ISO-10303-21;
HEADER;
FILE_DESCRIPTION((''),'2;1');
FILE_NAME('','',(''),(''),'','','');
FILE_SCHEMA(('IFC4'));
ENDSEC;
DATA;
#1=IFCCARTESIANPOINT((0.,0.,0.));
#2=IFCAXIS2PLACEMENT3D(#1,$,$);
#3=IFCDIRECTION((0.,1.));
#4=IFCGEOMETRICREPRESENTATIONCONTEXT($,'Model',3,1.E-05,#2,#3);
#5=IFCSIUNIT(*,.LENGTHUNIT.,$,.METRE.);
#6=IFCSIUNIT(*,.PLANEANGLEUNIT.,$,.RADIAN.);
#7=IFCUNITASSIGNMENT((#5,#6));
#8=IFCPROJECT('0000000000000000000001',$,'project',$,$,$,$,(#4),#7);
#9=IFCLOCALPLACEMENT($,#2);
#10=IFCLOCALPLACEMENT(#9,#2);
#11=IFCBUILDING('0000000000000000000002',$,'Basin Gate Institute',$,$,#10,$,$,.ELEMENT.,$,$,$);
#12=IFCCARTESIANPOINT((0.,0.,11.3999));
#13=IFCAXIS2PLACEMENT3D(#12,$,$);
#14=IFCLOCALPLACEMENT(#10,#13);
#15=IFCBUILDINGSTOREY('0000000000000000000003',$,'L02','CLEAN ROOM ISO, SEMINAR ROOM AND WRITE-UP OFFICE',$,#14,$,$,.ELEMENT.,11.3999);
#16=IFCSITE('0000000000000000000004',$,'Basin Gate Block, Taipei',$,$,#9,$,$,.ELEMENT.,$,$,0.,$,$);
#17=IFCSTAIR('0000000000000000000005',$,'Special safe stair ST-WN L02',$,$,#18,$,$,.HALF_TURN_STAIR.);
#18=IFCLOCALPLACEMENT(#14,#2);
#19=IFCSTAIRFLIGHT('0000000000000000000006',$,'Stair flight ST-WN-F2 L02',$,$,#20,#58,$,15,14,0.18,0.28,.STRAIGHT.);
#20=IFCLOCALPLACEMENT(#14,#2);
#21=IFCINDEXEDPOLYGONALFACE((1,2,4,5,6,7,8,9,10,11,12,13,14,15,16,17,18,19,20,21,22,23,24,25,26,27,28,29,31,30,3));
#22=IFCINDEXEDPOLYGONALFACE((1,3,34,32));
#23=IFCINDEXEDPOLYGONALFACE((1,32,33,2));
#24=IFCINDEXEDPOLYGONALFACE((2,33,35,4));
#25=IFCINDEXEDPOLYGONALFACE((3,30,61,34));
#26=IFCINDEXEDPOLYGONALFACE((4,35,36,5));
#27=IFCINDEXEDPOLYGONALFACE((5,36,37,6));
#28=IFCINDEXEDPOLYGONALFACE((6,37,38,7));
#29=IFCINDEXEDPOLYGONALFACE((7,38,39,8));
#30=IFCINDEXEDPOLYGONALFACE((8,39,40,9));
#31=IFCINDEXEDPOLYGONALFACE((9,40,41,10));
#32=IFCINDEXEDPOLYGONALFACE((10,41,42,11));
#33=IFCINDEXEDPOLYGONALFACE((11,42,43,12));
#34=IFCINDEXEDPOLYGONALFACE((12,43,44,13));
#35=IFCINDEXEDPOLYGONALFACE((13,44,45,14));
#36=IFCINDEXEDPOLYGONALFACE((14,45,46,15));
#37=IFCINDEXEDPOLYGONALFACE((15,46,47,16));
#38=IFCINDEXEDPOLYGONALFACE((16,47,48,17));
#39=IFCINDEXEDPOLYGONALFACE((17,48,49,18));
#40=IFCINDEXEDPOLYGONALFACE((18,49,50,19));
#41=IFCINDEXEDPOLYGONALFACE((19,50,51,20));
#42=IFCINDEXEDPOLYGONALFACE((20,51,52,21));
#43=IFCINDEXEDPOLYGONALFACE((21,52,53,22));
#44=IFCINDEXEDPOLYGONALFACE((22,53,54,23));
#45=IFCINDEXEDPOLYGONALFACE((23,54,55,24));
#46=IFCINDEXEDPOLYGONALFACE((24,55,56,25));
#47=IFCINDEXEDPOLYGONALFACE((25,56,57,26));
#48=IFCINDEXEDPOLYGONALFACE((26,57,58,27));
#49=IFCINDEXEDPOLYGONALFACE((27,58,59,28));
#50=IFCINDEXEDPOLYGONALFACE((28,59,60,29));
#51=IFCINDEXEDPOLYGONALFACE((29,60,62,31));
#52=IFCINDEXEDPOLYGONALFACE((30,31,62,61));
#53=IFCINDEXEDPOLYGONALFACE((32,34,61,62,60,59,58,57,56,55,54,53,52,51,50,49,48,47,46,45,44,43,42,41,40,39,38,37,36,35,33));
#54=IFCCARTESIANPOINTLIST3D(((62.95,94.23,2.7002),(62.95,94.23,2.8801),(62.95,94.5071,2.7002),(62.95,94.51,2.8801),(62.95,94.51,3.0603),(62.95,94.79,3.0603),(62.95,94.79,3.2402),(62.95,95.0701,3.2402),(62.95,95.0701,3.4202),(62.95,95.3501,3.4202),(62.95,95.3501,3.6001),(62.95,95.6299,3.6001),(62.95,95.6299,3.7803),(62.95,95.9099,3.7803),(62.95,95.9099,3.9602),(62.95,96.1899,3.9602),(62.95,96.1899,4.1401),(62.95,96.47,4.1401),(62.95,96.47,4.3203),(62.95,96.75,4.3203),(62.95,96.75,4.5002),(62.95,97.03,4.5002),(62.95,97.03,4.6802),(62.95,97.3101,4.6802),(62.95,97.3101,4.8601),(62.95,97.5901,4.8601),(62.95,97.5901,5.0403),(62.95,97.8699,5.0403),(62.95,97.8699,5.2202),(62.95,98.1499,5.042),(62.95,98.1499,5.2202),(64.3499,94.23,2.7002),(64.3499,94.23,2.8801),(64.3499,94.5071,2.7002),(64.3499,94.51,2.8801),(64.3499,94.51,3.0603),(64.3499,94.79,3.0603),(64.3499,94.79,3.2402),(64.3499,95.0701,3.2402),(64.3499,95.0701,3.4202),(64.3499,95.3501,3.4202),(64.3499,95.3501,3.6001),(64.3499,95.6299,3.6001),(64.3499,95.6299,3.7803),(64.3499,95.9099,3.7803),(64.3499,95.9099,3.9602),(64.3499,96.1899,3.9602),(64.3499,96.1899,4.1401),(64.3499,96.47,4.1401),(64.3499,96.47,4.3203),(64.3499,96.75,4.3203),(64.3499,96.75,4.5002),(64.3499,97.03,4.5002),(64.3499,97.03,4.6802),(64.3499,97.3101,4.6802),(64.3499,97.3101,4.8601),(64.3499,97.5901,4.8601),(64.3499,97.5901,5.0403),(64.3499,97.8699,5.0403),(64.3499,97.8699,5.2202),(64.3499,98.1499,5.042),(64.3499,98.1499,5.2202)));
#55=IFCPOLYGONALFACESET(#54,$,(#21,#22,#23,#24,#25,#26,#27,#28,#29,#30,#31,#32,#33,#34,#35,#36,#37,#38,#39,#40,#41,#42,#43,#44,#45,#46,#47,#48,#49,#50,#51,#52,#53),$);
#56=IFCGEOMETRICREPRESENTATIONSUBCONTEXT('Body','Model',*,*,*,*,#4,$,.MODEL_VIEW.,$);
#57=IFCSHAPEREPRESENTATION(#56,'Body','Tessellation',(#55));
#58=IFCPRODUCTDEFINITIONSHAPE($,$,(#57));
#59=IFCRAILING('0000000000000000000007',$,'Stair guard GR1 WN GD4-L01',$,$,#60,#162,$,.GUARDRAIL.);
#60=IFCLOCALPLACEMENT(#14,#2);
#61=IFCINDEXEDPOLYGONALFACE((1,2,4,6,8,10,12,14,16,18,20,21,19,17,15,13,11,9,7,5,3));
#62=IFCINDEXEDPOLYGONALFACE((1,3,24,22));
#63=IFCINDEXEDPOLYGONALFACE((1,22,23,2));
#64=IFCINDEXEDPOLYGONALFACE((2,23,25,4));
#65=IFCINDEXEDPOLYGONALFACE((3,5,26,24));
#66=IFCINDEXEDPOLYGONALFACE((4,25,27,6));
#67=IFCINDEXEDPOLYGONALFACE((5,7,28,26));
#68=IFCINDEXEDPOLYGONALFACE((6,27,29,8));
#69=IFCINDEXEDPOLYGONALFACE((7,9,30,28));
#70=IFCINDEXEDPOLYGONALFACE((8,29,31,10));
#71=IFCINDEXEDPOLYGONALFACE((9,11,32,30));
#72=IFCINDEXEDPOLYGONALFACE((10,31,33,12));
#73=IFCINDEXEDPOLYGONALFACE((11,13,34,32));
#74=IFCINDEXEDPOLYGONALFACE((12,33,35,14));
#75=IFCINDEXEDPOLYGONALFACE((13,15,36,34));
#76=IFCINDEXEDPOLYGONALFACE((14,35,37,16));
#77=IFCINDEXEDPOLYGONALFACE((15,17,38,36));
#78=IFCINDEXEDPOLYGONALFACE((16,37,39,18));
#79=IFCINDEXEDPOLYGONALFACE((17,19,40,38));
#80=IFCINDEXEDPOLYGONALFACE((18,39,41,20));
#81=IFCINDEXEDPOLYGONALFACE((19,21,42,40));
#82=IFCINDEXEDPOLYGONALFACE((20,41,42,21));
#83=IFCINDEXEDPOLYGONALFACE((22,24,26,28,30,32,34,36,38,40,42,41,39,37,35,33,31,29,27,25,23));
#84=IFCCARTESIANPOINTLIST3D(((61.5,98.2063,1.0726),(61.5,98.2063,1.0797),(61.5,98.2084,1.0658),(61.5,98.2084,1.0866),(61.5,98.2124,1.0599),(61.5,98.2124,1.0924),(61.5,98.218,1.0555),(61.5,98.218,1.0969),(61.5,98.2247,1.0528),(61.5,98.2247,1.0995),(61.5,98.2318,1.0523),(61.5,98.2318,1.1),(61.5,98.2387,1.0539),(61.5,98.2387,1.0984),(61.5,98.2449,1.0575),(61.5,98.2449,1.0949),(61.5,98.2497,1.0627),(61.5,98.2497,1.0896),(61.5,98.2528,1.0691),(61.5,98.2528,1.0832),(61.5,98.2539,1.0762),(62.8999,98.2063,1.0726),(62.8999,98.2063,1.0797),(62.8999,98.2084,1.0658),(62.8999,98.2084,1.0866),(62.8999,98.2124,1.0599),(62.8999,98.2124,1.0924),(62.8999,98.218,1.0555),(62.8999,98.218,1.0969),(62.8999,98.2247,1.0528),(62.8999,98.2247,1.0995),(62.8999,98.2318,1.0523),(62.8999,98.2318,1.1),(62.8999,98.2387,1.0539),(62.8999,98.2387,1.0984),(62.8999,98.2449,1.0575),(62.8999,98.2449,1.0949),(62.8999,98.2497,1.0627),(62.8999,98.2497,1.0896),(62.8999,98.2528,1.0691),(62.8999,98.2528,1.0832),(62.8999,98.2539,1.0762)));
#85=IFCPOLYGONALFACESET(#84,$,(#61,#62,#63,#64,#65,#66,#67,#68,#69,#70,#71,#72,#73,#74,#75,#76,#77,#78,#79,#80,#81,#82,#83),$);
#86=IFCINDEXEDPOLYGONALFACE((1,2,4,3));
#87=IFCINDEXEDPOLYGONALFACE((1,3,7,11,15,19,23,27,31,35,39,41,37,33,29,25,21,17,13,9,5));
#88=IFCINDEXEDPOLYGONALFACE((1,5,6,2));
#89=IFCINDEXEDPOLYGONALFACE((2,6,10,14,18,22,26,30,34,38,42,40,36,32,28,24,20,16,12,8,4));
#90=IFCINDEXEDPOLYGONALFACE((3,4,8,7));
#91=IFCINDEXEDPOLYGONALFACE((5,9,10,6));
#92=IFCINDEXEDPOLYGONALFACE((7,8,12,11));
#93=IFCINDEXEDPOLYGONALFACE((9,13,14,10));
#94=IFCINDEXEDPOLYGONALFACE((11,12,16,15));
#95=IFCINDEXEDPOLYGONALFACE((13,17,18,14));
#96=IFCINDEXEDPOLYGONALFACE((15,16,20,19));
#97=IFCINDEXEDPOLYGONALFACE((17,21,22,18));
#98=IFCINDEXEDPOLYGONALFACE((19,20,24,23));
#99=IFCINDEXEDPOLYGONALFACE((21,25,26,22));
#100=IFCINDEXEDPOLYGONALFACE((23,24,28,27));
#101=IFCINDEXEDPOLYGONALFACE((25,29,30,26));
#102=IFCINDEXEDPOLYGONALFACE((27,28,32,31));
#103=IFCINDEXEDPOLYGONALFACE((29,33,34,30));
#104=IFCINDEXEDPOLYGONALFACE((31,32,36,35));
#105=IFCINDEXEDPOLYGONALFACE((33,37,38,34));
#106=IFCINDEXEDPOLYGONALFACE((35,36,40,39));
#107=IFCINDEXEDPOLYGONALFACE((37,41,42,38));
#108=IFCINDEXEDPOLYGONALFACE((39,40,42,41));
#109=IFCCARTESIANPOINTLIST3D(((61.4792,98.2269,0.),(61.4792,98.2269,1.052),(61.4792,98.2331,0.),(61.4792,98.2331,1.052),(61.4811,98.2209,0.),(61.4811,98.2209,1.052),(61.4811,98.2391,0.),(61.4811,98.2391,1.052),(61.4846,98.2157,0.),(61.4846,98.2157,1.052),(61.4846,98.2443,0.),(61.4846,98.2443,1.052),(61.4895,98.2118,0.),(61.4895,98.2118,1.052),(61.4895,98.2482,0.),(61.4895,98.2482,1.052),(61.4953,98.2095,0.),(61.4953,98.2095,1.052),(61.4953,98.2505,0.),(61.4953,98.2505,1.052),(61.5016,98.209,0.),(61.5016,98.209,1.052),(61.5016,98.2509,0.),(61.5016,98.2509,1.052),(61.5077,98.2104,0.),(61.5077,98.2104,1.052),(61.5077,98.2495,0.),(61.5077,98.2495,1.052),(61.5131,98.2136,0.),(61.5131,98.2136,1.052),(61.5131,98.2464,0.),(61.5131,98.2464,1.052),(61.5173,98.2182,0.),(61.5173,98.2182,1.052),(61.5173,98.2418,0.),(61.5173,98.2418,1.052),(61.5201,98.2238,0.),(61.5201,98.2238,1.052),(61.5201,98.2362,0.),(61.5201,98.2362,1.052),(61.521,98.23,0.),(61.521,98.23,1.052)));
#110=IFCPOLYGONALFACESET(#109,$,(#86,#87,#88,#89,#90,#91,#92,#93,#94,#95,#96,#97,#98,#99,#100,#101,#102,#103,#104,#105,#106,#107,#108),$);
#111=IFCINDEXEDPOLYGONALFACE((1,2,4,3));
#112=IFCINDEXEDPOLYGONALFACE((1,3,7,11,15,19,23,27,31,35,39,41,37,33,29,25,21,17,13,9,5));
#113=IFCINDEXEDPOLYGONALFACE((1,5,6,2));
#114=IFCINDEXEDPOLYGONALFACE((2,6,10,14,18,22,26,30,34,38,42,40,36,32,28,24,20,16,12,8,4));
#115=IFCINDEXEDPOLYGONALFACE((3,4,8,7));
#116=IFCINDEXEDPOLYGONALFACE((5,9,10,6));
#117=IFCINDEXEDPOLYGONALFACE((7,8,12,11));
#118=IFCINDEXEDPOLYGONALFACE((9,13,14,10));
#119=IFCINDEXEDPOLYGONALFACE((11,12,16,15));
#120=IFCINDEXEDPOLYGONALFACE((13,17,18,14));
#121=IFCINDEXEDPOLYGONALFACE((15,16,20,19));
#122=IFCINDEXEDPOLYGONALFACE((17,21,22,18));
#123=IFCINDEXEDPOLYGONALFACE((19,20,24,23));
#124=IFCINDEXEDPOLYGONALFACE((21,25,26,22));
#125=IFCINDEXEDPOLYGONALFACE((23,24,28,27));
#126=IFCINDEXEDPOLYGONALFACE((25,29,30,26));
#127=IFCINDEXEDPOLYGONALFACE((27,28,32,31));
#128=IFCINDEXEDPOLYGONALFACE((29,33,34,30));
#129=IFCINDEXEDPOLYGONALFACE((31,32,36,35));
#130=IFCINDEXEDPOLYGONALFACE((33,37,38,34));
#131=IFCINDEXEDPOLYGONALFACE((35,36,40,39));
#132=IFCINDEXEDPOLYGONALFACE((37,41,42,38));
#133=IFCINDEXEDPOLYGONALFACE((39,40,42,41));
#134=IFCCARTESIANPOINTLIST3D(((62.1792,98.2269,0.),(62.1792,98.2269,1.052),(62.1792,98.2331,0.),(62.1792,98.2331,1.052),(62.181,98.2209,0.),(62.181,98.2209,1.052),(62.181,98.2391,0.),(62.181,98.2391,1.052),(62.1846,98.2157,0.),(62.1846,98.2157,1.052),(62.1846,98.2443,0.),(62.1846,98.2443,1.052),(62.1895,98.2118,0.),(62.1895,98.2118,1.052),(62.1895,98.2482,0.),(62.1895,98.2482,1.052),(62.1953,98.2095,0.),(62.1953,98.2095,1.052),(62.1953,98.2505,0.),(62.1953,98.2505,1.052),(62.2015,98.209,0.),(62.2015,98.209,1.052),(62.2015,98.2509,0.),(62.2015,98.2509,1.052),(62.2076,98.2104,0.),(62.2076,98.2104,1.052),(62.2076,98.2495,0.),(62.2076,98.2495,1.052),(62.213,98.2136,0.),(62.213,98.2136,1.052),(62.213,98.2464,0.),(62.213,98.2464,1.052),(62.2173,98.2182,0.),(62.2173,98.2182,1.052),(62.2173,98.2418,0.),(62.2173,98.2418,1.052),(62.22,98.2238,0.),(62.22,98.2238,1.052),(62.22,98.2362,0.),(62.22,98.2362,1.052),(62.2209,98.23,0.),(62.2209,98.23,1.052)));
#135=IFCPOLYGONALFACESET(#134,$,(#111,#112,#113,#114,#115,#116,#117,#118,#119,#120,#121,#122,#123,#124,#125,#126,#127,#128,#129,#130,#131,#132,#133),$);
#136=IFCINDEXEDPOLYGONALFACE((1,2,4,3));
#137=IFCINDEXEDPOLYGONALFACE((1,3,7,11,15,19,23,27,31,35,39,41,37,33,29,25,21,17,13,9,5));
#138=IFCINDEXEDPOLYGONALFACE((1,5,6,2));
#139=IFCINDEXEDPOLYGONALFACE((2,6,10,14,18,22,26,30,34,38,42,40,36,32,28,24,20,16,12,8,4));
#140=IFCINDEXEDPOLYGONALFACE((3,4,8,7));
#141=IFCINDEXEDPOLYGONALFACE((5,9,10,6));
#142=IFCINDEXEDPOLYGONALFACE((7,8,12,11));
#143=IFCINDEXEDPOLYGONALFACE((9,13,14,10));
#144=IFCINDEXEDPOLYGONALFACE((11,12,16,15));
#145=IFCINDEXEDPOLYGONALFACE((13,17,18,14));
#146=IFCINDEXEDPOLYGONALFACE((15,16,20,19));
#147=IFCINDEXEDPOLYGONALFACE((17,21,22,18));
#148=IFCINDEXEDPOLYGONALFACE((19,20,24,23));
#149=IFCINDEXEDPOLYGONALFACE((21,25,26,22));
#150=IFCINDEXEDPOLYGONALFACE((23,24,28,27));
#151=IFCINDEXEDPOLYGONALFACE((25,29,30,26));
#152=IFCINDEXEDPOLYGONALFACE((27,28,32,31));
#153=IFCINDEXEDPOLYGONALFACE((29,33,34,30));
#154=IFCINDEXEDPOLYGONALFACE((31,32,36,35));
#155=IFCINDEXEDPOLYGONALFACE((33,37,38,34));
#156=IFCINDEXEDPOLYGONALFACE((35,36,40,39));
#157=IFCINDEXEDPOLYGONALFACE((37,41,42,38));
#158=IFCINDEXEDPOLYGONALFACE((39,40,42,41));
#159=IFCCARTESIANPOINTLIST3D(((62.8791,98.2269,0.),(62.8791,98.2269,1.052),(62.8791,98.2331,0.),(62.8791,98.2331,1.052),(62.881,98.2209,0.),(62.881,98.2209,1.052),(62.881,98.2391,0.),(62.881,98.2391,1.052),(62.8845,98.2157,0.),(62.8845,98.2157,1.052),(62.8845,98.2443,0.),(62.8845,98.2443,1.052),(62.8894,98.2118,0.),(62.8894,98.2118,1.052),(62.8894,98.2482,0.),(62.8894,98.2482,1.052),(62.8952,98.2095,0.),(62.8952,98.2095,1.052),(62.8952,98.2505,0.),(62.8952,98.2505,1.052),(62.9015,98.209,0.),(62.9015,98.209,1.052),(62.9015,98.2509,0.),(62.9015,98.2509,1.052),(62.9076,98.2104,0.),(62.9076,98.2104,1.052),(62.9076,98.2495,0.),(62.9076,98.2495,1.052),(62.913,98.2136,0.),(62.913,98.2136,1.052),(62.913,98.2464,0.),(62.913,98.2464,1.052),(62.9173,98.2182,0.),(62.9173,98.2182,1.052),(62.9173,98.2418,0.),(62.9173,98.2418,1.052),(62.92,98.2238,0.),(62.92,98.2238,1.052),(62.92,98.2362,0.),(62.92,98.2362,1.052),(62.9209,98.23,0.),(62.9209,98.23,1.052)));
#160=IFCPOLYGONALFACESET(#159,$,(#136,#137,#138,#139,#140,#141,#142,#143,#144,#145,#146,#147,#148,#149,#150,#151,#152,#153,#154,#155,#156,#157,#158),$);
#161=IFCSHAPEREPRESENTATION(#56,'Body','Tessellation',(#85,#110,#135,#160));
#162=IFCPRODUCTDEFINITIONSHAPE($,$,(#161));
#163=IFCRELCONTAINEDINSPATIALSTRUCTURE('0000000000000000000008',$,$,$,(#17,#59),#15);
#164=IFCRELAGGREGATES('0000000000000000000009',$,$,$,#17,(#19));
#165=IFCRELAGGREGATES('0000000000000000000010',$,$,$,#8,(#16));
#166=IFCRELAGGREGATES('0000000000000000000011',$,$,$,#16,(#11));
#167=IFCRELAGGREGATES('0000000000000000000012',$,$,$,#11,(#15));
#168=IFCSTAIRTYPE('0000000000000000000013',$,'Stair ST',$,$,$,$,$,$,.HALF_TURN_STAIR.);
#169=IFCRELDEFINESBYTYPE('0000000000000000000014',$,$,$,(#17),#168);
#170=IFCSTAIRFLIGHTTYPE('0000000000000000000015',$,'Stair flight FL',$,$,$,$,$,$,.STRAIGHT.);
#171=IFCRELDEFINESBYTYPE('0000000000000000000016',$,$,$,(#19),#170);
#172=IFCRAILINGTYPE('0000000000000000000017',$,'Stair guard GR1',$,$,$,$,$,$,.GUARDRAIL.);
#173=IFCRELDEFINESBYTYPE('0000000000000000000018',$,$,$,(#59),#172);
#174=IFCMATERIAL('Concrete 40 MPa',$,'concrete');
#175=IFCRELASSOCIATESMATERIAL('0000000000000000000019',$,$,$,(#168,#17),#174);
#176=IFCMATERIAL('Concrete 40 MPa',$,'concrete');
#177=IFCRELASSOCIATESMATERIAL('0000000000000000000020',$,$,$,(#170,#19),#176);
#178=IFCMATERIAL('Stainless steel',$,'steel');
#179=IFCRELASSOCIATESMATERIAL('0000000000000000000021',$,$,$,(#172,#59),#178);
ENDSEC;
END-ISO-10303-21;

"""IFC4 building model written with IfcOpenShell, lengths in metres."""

from ifc_helpers import new_model, si_unit, direction, frame, origin, origin_2d, place, context, subcontext, project, spatial, polyline, circle, outline, extrude, material, type_object, element, aggregate, save


model = new_model("IFC4")

# Units and contexts
model_context = context("Model", 3, precision=1e-05, world=origin(), true_north=direction((0.0, 1.0)))
body_context = subcontext(model_context, "Body", "Model", "MODEL_VIEW")
ifc_project = project(units=[si_unit("LENGTHUNIT", "METRE"), si_unit("PLANEANGLEUNIT", "RADIAN")], contexts=[model_context])

# Site, building, storey
site_placement = place(None, origin())
site = spatial("IfcSite", under=ifc_project, at=site_placement, Name="Basin Gate Block, Taipei", CompositionType="ELEMENT", RefElevation=0.0)
building_placement = place(site_placement, origin())
building = spatial("IfcBuilding", under=site, at=building_placement, Name="Basin Gate Institute", CompositionType="ELEMENT")
storey_placement = place(building_placement, frame((0.0, 0.0, 11.3999)))
storey = spatial("IfcBuildingStorey", under=building, at=storey_placement, Name="L02", Description="CLEAN ROOM ISO, SEMINAR ROOM AND WRITE-UP OFFICE", CompositionType="ELEMENT", Elevation=11.3999)

# Stair, stair flight
ifc_material_1 = material(Name="Concrete 40 MPa", Category="concrete")
stair_type = type_object("IfcStairType", Name="Stair ST", PredefinedType="HALF_TURN_STAIR", material=ifc_material_1)
stair_placement = place(storey_placement, origin())
stair = element("IfcStair", 1, at=stair_placement, inside=storey, type_object=stair_type, material=ifc_material_1, Name="Special safe stair ST-WN L02", PredefinedType="HALF_TURN_STAIR")
ifc_material_2 = material(Name="Concrete 40 MPa", Category="concrete")
stair_flight_type = type_object("IfcStairFlightType", Name="Stair flight FL", PredefinedType="STRAIGHT", material=ifc_material_2)
stair_flight_1_placement = place(storey_placement, frame((63.6499, 94.23, 2.7002), z_axis=(0.0, 0.0, 1.0), x_axis=(0.0, 1.0, 0.0)))
stair_flight_1 = element("IfcStairFlight", 2, at=stair_flight_1_placement, type_object=stair_flight_type, material=ifc_material_2, Name="Stair flight ST-WN-F2 L02", NumberOfRisers=15, NumberOfTreads=14, PredefinedType="STRAIGHT", RiserHeight=0.18, TreadLength=0.28, context=body_context, shape_type="SweptSolid", body=[
    extrude(outline(polyline([(0.0, 0.0), (0.0, 0.1799), (0.28, 0.1799), (0.28, 0.3601), (0.5601, 0.3601), (0.5601, 0.54), (0.8401, 0.54), (0.8401, 0.72), (1.1201, 0.72), (1.1201, 0.8999), (1.3999, 0.8999), (1.3999, 1.0801), (1.6799, 1.0801), (1.6799, 1.26), (1.96, 1.26), (1.96, 1.4399), (2.24, 1.4399), (2.24, 1.6201), (2.52, 1.6201), (2.52, 1.8), (2.8, 1.8), (2.8, 1.98), (3.0801, 1.98), (3.0801, 2.1599), (3.3601, 2.1599), (3.3601, 2.3401), (3.6399, 2.3401), (3.6399, 2.52), (3.9199, 2.52), (3.9199, 2.7), (3.9199, 2.3418), (0.2771, 0.0), (0.0, 0.0)])), frame((0.0, 0.7, 0.0), z_axis=(0.0, -1.0, 0.0), x_axis=(1.0, 0.0, 0.0)), (0.0, 0.0, 1.0), 1.3999),
])
aggregate(stair, [stair_flight_1])

# Railing
ifc_material_3 = material(Name="Stainless steel", Category="steel")
railing_type_1 = type_object("IfcRailingType", Name="Stair guard GR1", PredefinedType="GUARDRAIL", material=ifc_material_3)
railing_1_placement = place(storey_placement, frame((61.5, 98.23, 0.0)))
element("IfcRailing", 3, at=railing_1_placement, inside=storey, type_object=railing_type_1, material=ifc_material_3, Name="Stair guard GR1 WN GD4-L01", PredefinedType="GUARDRAIL", context=body_context, shape_type="SweptSolid", body=[
    extrude(circle(Radius=0.0239, at=origin_2d()), frame((0.0, 0.0, 1.0762), z_axis=(1.0, 0.0, 0.0), x_axis=(0.0, 1.0, 0.0)), (0.0, 0.0, 1.0), 1.3999),
    extrude(circle(Radius=0.021, at=origin_2d()), origin(), (0.0, 0.0, 1.0), 1.052),
    extrude(circle(Radius=0.021, at=origin_2d()), frame((0.7, 0.0, 0.0)), (0.0, 0.0, 1.0), 1.052),
    extrude(circle(Radius=0.021, at=origin_2d()), frame((1.3999, 0.0, 0.0)), (0.0, 0.0, 1.0), 1.052),
])

save(model, "model.ifc")
